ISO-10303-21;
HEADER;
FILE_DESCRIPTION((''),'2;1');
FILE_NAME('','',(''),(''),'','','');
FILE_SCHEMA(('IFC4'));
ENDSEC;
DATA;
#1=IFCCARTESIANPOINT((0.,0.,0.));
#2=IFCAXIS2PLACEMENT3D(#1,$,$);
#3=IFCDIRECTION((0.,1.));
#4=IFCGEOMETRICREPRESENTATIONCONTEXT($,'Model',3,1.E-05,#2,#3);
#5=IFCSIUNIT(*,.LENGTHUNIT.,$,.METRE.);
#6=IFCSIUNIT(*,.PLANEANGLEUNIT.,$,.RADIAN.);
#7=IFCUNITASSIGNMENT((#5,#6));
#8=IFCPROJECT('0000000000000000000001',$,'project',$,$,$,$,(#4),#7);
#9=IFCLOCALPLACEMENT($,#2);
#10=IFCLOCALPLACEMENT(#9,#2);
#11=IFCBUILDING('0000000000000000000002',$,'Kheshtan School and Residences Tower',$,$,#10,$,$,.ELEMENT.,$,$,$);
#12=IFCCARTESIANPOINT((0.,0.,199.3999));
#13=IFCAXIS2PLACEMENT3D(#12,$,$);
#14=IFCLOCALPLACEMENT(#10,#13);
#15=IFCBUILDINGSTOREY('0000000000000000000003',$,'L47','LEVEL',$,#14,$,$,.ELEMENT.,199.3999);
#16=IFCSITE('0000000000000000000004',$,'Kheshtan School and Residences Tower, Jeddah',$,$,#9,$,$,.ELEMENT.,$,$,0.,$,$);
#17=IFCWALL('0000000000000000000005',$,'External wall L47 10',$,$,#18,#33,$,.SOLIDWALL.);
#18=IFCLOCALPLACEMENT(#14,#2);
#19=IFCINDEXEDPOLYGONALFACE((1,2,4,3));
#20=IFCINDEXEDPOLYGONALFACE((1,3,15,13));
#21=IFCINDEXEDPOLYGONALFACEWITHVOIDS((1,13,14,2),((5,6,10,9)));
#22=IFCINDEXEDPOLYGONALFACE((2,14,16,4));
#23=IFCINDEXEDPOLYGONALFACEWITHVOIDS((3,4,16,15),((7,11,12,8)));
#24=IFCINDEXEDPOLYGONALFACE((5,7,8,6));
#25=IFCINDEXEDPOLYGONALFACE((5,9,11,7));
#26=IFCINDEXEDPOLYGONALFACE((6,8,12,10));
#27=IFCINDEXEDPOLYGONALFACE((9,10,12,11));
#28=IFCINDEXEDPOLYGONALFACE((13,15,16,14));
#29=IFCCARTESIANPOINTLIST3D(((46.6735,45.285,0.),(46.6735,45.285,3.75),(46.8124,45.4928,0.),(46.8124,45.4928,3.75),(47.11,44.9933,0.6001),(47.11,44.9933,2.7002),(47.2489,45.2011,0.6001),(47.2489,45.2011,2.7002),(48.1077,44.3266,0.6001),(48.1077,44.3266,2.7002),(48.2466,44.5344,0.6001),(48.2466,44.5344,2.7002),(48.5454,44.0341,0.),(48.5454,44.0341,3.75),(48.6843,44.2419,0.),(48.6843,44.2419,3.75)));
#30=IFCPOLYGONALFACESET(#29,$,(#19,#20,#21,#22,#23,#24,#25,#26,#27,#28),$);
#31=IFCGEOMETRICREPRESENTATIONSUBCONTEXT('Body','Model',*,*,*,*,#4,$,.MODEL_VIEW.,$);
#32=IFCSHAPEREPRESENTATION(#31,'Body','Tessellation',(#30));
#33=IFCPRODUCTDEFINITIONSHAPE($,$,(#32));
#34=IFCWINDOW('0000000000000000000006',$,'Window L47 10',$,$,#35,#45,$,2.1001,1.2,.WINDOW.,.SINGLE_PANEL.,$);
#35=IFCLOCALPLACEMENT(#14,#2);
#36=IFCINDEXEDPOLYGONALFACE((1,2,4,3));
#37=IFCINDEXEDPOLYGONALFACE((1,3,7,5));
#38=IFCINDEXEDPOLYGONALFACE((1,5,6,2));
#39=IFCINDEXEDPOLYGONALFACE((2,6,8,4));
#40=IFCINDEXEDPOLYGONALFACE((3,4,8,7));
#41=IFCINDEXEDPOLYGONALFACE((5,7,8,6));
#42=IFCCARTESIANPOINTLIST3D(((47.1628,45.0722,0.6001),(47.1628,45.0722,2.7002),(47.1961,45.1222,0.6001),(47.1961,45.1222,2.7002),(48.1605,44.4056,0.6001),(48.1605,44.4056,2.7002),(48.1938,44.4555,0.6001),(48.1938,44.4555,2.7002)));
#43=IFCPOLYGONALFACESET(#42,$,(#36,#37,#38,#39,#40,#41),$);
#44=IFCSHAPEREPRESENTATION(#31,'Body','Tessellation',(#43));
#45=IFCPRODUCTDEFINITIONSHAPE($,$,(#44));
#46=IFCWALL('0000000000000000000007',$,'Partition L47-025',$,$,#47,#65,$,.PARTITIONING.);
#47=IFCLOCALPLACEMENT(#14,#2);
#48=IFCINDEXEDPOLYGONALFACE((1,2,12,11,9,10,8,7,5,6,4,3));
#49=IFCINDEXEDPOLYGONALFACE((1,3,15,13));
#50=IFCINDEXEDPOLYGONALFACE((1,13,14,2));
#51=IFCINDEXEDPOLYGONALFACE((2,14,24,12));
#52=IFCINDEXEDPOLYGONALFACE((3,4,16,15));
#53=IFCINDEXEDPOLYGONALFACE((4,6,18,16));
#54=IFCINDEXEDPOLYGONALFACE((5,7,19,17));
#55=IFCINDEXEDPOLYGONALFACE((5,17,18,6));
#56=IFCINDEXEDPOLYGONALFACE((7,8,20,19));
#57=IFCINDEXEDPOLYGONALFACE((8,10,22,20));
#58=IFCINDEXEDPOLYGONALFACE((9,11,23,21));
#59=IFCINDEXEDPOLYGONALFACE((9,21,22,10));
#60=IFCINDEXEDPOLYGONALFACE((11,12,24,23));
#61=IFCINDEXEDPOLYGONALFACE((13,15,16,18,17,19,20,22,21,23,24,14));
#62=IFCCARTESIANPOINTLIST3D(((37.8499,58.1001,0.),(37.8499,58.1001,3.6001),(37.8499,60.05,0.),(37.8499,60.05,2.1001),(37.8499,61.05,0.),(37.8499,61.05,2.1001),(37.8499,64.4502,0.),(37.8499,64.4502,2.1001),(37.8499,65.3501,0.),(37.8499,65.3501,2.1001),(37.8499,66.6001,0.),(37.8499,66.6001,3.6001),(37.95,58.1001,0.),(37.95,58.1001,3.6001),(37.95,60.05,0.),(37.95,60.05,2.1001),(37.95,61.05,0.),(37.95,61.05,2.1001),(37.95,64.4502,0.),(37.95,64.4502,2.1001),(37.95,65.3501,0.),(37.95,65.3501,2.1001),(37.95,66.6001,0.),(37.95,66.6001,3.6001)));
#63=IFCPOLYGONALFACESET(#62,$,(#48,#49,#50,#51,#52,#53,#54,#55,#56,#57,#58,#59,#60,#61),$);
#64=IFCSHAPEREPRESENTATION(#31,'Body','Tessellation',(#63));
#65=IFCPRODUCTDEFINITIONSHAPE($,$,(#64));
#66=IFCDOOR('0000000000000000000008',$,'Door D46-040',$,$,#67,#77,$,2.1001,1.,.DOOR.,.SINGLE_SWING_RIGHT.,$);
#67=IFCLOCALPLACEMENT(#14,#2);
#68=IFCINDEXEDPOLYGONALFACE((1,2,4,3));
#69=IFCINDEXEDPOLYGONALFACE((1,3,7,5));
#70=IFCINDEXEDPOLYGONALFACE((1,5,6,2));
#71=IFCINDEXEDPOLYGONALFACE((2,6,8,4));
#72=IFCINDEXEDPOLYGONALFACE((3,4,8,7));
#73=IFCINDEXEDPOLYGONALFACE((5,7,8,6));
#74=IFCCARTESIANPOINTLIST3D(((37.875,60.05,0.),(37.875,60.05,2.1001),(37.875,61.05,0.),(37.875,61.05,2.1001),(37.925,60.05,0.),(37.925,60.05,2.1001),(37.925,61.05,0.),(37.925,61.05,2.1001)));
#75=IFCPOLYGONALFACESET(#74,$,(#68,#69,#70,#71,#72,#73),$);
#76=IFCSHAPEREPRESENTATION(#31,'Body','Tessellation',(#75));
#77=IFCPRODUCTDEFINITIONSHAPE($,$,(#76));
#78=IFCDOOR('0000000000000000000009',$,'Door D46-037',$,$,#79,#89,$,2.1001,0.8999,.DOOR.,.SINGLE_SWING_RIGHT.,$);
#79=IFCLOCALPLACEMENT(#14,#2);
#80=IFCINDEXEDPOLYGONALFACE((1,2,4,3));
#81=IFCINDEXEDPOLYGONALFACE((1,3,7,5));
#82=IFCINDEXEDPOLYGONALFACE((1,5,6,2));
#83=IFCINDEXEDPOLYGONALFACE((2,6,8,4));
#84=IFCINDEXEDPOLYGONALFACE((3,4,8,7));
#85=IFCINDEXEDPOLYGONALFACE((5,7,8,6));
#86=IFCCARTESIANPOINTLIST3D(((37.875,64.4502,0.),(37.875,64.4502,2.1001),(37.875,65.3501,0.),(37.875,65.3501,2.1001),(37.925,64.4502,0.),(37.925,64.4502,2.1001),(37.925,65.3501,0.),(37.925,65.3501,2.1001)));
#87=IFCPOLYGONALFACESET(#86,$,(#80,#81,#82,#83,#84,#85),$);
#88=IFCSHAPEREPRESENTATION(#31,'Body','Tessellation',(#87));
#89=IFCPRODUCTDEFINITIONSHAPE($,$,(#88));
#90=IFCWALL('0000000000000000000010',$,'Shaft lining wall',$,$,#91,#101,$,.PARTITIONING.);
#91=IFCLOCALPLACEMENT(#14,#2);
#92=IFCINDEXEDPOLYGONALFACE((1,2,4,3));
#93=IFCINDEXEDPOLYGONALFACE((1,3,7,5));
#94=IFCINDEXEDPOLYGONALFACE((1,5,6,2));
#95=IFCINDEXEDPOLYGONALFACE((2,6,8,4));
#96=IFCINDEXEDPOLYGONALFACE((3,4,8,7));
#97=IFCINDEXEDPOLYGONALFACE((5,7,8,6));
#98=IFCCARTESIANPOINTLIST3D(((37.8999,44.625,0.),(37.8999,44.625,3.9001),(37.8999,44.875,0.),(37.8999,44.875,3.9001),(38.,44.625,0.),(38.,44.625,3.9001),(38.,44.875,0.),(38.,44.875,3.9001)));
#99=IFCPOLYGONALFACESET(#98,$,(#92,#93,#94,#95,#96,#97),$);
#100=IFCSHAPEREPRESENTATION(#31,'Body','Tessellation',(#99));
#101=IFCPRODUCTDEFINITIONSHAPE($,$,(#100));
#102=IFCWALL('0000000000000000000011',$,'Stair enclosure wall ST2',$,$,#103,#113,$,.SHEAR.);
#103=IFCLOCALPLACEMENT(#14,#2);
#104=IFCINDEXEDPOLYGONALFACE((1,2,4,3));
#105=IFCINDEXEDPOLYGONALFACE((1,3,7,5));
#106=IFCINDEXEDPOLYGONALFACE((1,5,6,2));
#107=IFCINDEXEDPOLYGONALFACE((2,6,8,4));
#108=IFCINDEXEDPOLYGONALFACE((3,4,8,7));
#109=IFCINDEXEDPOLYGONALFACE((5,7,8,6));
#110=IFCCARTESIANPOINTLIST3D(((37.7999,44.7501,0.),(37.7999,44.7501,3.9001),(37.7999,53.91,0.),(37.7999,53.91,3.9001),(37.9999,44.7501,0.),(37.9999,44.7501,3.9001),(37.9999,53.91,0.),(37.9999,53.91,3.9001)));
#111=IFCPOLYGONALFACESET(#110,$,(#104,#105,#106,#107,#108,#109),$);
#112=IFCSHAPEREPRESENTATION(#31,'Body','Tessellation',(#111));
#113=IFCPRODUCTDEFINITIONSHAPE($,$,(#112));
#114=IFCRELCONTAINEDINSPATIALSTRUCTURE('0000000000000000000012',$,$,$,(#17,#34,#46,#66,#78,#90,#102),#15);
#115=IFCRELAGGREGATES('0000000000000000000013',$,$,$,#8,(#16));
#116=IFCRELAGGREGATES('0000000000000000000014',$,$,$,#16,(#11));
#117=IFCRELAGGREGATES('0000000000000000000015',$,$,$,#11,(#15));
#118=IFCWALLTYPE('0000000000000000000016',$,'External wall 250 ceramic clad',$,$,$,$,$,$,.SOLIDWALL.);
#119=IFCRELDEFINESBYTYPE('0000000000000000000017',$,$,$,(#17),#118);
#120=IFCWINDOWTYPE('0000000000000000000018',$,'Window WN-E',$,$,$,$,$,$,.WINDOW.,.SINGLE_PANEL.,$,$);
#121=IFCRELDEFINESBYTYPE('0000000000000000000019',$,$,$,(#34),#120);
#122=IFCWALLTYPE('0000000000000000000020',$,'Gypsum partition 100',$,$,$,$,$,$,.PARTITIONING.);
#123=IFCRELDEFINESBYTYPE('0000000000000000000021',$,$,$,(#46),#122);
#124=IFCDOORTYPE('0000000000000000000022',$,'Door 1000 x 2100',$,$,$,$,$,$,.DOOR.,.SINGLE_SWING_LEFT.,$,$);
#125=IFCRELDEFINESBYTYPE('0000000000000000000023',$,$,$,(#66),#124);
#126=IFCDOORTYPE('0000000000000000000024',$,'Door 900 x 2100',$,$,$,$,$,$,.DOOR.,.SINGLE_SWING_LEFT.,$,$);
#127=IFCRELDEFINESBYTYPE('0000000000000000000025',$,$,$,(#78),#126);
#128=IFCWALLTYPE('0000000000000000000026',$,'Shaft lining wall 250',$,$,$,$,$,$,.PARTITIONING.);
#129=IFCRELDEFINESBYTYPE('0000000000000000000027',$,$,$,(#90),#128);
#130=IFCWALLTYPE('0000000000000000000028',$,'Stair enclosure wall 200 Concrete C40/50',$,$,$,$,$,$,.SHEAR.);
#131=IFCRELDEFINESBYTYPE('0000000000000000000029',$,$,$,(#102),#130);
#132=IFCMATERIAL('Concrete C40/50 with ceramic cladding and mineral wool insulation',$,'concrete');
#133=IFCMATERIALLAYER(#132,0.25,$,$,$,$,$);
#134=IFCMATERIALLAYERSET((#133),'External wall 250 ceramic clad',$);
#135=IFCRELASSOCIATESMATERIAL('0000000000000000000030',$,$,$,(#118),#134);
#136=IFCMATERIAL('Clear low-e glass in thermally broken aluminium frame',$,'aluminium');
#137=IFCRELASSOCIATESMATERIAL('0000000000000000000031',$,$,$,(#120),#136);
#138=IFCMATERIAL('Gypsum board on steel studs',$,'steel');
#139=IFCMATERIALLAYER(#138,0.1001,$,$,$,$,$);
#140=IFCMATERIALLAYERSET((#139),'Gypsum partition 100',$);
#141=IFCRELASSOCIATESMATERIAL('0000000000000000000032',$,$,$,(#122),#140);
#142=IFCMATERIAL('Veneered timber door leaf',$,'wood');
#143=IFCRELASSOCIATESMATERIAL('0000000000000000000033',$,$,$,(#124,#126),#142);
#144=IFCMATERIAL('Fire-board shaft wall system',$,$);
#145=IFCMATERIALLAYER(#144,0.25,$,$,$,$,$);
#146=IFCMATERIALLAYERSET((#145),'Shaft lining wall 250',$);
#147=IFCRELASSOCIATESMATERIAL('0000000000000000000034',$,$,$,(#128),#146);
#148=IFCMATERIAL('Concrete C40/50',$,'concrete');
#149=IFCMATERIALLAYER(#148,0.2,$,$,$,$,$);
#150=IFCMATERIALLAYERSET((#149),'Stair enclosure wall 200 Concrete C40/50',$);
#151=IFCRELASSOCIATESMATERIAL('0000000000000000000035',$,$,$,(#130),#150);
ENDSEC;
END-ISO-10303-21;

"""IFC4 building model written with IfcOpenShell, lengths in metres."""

from ifc_helpers import new_model, si_unit, direction, frame, frame_2d, origin, place, context, subcontext, project, spatial, rectangle, extrude, source, transform, mapped, material, layer, layer_set, type_object, element, fill, save


model = new_model("IFC4")

# Units and contexts
model_context = context("Model", 3, precision=1e-05, world=origin(), true_north=direction((0.0, 1.0)))
body_context = subcontext(model_context, "Body", "Model", "MODEL_VIEW")
ifc_project = project(units=[si_unit("LENGTHUNIT", "METRE"), si_unit("PLANEANGLEUNIT", "RADIAN")], contexts=[model_context])

# Site, building, storey
site_placement = place(None, origin())
site = spatial("IfcSite", under=ifc_project, at=site_placement, Name="Kheshtan School and Residences Tower, Jeddah", CompositionType="ELEMENT", RefElevation=0.0)
building_placement = place(site_placement, origin())
building = spatial("IfcBuilding", under=site, at=building_placement, Name="Kheshtan School and Residences Tower", CompositionType="ELEMENT")
storey_placement = place(building_placement, frame((0.0, 0.0, 199.3999)))
storey = spatial("IfcBuildingStorey", under=building, at=storey_placement, Name="L47", Description="LEVEL", CompositionType="ELEMENT", Elevation=199.3999)

# Shared definitions
ifc_material_1 = material(Name="Clear low-e glass in thermally broken aluminium frame", Category="aluminium")

# Wall, opening, window
ifc_material_2 = material(Name="Concrete C40/50 with ceramic cladding and mineral wool insulation", Category="concrete")
ifc_layer_1 = layer(ifc_material_2, 0.25)
ifc_layer_set_1 = layer_set([ifc_layer_1], Name="External wall 250 ceramic clad")
wall_type_1 = type_object("IfcWallType", Name="External wall 250 ceramic clad", PredefinedType="SOLIDWALL", material=ifc_layer_set_1)
window_type = type_object("IfcWindowType", Name="Window WN-E", PartitioningType="SINGLE_PANEL", PredefinedType="WINDOW", material=ifc_material_1)
shared_shape_1 = source(origin(), body_context, "Body", "SweptSolid", [
    extrude(rectangle(XDim=1.2, YDim=2.1001, at=frame_2d((0.6001, 1.05))), frame((0.0, 0.03, 0.0), z_axis=(0.0, -1.0, 0.0), x_axis=(1.0, 0.0, 0.0)), (0.0, 0.0, 1.0), 0.0601),
])
wall_1_placement = place(storey_placement, frame((46.7429, 45.3889, 0.0), z_axis=(0.0, 0.0, 1.0), x_axis=(0.831449, -0.555601, 0.0)))
wall_1 = element("IfcWall", 1, at=wall_1_placement, inside=storey, type_object=wall_type_1, Name="External wall L47 10", PredefinedType="SOLIDWALL", context=body_context, shape_type="SweptSolid", body=[
    extrude(rectangle(XDim=2.2515, YDim=0.25, at=frame_2d((1.1257, 0.0))), origin(), (0.0, 0.0, 1.0), 3.75),
])
opening_1_placement = place(wall_1_placement, frame((0.5249, 0.0, 0.6001)))
opening_1 = element("IfcOpeningElement", 2, at=opening_1_placement, cuts=wall_1, PredefinedType="OPENING", context=body_context, shape_type="SweptSolid", body=[
    extrude(rectangle(XDim=1.2, YDim=2.1001, at=frame_2d((0.6001, 1.05))), frame((0.0, 0.135, 0.0), z_axis=(0.0, -1.0, 0.0), x_axis=(1.0, 0.0, 0.0)), (0.0, 0.0, 1.0), 0.27),
])
window_1_placement = place(opening_1_placement, origin())
window_1 = element("IfcWindow", 3, at=window_1_placement, inside=storey, type_object=window_type, Name="Window L47 10", OverallHeight=2.1001, OverallWidth=1.2, PartitioningType="SINGLE_PANEL", PredefinedType="WINDOW", context=body_context, shape_type="MappedRepresentation", body=[
    mapped(shared_shape_1, transform((0.0, 0.0, 0.0), x_axis=(1.0, 0.0, 0.0), y_axis=(0.0, 1.0, 0.0), z_axis=(0.0, 0.0, 1.0), scale=1.0)),
])
fill(opening_1, window_1)

# Wall, openings, doors
ifc_material_3 = material(Name="Gypsum board on steel studs", Category="steel")
ifc_layer_2 = layer(ifc_material_3, 0.1001)
ifc_layer_set_2 = layer_set([ifc_layer_2], Name="Gypsum partition 100")
wall_type_2 = type_object("IfcWallType", Name="Gypsum partition 100", PredefinedType="PARTITIONING", material=ifc_layer_set_2)
wall_2_placement = place(storey_placement, frame((37.8999, 58.1001, 0.0), z_axis=(0.0, 0.0, 1.0), x_axis=(0.0, 1.0, 0.0)))
wall_2 = element("IfcWall", 4, at=wall_2_placement, inside=storey, type_object=wall_type_2, Name="Partition L47-025", PredefinedType="PARTITIONING", context=body_context, shape_type="SweptSolid", body=[
    extrude(rectangle(XDim=8.5, YDim=0.1001, at=frame_2d((4.25, 0.0))), origin(), (0.0, 0.0, 1.0), 3.6001),
])
opening_2_placement = place(wall_2_placement, frame((6.3501, 0.0, 0.0)))
opening_2 = element("IfcOpeningElement", 5, at=opening_2_placement, cuts=wall_2, PredefinedType="OPENING", context=body_context, shape_type="SweptSolid", body=[
    extrude(rectangle(XDim=0.8999, YDim=2.1001, at=frame_2d((0.45, 1.05))), frame((0.0, 0.0601, 0.0), z_axis=(0.0, -1.0, 0.0), x_axis=(1.0, 0.0, 0.0)), (0.0, 0.0, 1.0), 0.1201),
])
opening_3_placement = place(wall_2_placement, frame((1.95, 0.0, 0.0)))
opening_3 = element("IfcOpeningElement", 6, at=opening_3_placement, cuts=wall_2, PredefinedType="OPENING", context=body_context, shape_type="SweptSolid", body=[
    extrude(rectangle(XDim=1.0, YDim=2.1001, at=frame_2d((0.5, 1.05))), frame((0.0, 0.0601, 0.0), z_axis=(0.0, -1.0, 0.0), x_axis=(1.0, 0.0, 0.0)), (0.0, 0.0, 1.0), 0.1201),
])
ifc_material_4 = material(Name="Veneered timber door leaf", Category="wood")
door_type_1 = type_object("IfcDoorType", Name="Door 1000 x 2100", OperationType="SINGLE_SWING_LEFT", PredefinedType="DOOR", material=ifc_material_4)
shared_shape_2 = source(origin(), body_context, "Body", "SweptSolid", [
    extrude(rectangle(XDim=1.0, YDim=2.1001, at=frame_2d((0.5, 1.05))), frame((0.0, 0.0249, 0.0), z_axis=(0.0, -1.0, 0.0), x_axis=(1.0, 0.0, 0.0)), (0.0, 0.0, 1.0), 0.05),
])
door_1_placement = place(opening_3_placement, origin())
door_1 = element("IfcDoor", 7, at=door_1_placement, inside=storey, type_object=door_type_1, Name="Door D46-040", OperationType="SINGLE_SWING_RIGHT", OverallHeight=2.1001, OverallWidth=1.0, PredefinedType="DOOR", context=body_context, shape_type="MappedRepresentation", body=[
    mapped(shared_shape_2, transform((0.0, 0.0, 0.0), x_axis=(1.0, 0.0, 0.0), y_axis=(0.0, 1.0, 0.0), z_axis=(0.0, 0.0, 1.0), scale=1.0)),
])
fill(opening_3, door_1)
door_type_2 = type_object("IfcDoorType", Name="Door 900 x 2100", OperationType="SINGLE_SWING_LEFT", PredefinedType="DOOR", material=ifc_material_4)
shared_shape_3 = source(origin(), body_context, "Body", "SweptSolid", [
    extrude(rectangle(XDim=0.8999, YDim=2.1001, at=frame_2d((0.45, 1.05))), frame((0.0, 0.0249, 0.0), z_axis=(0.0, -1.0, 0.0), x_axis=(1.0, 0.0, 0.0)), (0.0, 0.0, 1.0), 0.05),
])
door_2_placement = place(opening_2_placement, origin())
door_2 = element("IfcDoor", 8, at=door_2_placement, inside=storey, type_object=door_type_2, Name="Door D46-037", OperationType="SINGLE_SWING_RIGHT", OverallHeight=2.1001, OverallWidth=0.8999, PredefinedType="DOOR", context=body_context, shape_type="MappedRepresentation", body=[
    mapped(shared_shape_3, transform((0.0, 0.0, 0.0), x_axis=(1.0, 0.0, 0.0), y_axis=(0.0, 1.0, 0.0), z_axis=(0.0, 0.0, 1.0), scale=1.0)),
])
fill(opening_2, door_2)

# Walls
ifc_material_5 = material(Name="Fire-board shaft wall system")
ifc_layer_3 = layer(ifc_material_5, 0.25)
ifc_layer_set_3 = layer_set([ifc_layer_3], Name="Shaft lining wall 250")
wall_type_3 = type_object("IfcWallType", Name="Shaft lining wall 250", PredefinedType="PARTITIONING", material=ifc_layer_set_3)
wall_3_placement = place(storey_placement, frame((37.8999, 44.75, 0.0), z_axis=(0.0, 0.0, 1.0), x_axis=(1.0, 0.0, 0.0)))
element("IfcWall", 9, at=wall_3_placement, inside=storey, type_object=wall_type_3, Name="Shaft lining wall", PredefinedType="PARTITIONING", context=body_context, shape_type="SweptSolid", body=[
    extrude(rectangle(XDim=0.1001, YDim=0.25, at=frame_2d((0.05, 0.0))), origin(), (0.0, 0.0, 1.0), 3.9001),
])
ifc_material_6 = material(Name="Concrete C40/50", Category="concrete")
ifc_layer_4 = layer(ifc_material_6, 0.2)
ifc_layer_set_4 = layer_set([ifc_layer_4], Name="Stair enclosure wall 200 Concrete C40/50")
wall_type_4 = type_object("IfcWallType", Name="Stair enclosure wall 200 Concrete C40/50", PredefinedType="SHEAR", material=ifc_layer_set_4)
wall_4_placement = place(storey_placement, frame((37.8999, 44.75, 0.0), z_axis=(0.0, 0.0, 1.0), x_axis=(0.0, 1.0, 0.0)))
element("IfcWall", 10, at=wall_4_placement, inside=storey, type_object=wall_type_4, Name="Stair enclosure wall ST2", PredefinedType="SHEAR", context=body_context, shape_type="SweptSolid", body=[
    extrude(rectangle(XDim=9.1599, YDim=0.2, at=frame_2d((4.5801, 0.0))), origin(), (0.0, 0.0, 1.0), 3.9001),
])

save(model, "model.ifc")
